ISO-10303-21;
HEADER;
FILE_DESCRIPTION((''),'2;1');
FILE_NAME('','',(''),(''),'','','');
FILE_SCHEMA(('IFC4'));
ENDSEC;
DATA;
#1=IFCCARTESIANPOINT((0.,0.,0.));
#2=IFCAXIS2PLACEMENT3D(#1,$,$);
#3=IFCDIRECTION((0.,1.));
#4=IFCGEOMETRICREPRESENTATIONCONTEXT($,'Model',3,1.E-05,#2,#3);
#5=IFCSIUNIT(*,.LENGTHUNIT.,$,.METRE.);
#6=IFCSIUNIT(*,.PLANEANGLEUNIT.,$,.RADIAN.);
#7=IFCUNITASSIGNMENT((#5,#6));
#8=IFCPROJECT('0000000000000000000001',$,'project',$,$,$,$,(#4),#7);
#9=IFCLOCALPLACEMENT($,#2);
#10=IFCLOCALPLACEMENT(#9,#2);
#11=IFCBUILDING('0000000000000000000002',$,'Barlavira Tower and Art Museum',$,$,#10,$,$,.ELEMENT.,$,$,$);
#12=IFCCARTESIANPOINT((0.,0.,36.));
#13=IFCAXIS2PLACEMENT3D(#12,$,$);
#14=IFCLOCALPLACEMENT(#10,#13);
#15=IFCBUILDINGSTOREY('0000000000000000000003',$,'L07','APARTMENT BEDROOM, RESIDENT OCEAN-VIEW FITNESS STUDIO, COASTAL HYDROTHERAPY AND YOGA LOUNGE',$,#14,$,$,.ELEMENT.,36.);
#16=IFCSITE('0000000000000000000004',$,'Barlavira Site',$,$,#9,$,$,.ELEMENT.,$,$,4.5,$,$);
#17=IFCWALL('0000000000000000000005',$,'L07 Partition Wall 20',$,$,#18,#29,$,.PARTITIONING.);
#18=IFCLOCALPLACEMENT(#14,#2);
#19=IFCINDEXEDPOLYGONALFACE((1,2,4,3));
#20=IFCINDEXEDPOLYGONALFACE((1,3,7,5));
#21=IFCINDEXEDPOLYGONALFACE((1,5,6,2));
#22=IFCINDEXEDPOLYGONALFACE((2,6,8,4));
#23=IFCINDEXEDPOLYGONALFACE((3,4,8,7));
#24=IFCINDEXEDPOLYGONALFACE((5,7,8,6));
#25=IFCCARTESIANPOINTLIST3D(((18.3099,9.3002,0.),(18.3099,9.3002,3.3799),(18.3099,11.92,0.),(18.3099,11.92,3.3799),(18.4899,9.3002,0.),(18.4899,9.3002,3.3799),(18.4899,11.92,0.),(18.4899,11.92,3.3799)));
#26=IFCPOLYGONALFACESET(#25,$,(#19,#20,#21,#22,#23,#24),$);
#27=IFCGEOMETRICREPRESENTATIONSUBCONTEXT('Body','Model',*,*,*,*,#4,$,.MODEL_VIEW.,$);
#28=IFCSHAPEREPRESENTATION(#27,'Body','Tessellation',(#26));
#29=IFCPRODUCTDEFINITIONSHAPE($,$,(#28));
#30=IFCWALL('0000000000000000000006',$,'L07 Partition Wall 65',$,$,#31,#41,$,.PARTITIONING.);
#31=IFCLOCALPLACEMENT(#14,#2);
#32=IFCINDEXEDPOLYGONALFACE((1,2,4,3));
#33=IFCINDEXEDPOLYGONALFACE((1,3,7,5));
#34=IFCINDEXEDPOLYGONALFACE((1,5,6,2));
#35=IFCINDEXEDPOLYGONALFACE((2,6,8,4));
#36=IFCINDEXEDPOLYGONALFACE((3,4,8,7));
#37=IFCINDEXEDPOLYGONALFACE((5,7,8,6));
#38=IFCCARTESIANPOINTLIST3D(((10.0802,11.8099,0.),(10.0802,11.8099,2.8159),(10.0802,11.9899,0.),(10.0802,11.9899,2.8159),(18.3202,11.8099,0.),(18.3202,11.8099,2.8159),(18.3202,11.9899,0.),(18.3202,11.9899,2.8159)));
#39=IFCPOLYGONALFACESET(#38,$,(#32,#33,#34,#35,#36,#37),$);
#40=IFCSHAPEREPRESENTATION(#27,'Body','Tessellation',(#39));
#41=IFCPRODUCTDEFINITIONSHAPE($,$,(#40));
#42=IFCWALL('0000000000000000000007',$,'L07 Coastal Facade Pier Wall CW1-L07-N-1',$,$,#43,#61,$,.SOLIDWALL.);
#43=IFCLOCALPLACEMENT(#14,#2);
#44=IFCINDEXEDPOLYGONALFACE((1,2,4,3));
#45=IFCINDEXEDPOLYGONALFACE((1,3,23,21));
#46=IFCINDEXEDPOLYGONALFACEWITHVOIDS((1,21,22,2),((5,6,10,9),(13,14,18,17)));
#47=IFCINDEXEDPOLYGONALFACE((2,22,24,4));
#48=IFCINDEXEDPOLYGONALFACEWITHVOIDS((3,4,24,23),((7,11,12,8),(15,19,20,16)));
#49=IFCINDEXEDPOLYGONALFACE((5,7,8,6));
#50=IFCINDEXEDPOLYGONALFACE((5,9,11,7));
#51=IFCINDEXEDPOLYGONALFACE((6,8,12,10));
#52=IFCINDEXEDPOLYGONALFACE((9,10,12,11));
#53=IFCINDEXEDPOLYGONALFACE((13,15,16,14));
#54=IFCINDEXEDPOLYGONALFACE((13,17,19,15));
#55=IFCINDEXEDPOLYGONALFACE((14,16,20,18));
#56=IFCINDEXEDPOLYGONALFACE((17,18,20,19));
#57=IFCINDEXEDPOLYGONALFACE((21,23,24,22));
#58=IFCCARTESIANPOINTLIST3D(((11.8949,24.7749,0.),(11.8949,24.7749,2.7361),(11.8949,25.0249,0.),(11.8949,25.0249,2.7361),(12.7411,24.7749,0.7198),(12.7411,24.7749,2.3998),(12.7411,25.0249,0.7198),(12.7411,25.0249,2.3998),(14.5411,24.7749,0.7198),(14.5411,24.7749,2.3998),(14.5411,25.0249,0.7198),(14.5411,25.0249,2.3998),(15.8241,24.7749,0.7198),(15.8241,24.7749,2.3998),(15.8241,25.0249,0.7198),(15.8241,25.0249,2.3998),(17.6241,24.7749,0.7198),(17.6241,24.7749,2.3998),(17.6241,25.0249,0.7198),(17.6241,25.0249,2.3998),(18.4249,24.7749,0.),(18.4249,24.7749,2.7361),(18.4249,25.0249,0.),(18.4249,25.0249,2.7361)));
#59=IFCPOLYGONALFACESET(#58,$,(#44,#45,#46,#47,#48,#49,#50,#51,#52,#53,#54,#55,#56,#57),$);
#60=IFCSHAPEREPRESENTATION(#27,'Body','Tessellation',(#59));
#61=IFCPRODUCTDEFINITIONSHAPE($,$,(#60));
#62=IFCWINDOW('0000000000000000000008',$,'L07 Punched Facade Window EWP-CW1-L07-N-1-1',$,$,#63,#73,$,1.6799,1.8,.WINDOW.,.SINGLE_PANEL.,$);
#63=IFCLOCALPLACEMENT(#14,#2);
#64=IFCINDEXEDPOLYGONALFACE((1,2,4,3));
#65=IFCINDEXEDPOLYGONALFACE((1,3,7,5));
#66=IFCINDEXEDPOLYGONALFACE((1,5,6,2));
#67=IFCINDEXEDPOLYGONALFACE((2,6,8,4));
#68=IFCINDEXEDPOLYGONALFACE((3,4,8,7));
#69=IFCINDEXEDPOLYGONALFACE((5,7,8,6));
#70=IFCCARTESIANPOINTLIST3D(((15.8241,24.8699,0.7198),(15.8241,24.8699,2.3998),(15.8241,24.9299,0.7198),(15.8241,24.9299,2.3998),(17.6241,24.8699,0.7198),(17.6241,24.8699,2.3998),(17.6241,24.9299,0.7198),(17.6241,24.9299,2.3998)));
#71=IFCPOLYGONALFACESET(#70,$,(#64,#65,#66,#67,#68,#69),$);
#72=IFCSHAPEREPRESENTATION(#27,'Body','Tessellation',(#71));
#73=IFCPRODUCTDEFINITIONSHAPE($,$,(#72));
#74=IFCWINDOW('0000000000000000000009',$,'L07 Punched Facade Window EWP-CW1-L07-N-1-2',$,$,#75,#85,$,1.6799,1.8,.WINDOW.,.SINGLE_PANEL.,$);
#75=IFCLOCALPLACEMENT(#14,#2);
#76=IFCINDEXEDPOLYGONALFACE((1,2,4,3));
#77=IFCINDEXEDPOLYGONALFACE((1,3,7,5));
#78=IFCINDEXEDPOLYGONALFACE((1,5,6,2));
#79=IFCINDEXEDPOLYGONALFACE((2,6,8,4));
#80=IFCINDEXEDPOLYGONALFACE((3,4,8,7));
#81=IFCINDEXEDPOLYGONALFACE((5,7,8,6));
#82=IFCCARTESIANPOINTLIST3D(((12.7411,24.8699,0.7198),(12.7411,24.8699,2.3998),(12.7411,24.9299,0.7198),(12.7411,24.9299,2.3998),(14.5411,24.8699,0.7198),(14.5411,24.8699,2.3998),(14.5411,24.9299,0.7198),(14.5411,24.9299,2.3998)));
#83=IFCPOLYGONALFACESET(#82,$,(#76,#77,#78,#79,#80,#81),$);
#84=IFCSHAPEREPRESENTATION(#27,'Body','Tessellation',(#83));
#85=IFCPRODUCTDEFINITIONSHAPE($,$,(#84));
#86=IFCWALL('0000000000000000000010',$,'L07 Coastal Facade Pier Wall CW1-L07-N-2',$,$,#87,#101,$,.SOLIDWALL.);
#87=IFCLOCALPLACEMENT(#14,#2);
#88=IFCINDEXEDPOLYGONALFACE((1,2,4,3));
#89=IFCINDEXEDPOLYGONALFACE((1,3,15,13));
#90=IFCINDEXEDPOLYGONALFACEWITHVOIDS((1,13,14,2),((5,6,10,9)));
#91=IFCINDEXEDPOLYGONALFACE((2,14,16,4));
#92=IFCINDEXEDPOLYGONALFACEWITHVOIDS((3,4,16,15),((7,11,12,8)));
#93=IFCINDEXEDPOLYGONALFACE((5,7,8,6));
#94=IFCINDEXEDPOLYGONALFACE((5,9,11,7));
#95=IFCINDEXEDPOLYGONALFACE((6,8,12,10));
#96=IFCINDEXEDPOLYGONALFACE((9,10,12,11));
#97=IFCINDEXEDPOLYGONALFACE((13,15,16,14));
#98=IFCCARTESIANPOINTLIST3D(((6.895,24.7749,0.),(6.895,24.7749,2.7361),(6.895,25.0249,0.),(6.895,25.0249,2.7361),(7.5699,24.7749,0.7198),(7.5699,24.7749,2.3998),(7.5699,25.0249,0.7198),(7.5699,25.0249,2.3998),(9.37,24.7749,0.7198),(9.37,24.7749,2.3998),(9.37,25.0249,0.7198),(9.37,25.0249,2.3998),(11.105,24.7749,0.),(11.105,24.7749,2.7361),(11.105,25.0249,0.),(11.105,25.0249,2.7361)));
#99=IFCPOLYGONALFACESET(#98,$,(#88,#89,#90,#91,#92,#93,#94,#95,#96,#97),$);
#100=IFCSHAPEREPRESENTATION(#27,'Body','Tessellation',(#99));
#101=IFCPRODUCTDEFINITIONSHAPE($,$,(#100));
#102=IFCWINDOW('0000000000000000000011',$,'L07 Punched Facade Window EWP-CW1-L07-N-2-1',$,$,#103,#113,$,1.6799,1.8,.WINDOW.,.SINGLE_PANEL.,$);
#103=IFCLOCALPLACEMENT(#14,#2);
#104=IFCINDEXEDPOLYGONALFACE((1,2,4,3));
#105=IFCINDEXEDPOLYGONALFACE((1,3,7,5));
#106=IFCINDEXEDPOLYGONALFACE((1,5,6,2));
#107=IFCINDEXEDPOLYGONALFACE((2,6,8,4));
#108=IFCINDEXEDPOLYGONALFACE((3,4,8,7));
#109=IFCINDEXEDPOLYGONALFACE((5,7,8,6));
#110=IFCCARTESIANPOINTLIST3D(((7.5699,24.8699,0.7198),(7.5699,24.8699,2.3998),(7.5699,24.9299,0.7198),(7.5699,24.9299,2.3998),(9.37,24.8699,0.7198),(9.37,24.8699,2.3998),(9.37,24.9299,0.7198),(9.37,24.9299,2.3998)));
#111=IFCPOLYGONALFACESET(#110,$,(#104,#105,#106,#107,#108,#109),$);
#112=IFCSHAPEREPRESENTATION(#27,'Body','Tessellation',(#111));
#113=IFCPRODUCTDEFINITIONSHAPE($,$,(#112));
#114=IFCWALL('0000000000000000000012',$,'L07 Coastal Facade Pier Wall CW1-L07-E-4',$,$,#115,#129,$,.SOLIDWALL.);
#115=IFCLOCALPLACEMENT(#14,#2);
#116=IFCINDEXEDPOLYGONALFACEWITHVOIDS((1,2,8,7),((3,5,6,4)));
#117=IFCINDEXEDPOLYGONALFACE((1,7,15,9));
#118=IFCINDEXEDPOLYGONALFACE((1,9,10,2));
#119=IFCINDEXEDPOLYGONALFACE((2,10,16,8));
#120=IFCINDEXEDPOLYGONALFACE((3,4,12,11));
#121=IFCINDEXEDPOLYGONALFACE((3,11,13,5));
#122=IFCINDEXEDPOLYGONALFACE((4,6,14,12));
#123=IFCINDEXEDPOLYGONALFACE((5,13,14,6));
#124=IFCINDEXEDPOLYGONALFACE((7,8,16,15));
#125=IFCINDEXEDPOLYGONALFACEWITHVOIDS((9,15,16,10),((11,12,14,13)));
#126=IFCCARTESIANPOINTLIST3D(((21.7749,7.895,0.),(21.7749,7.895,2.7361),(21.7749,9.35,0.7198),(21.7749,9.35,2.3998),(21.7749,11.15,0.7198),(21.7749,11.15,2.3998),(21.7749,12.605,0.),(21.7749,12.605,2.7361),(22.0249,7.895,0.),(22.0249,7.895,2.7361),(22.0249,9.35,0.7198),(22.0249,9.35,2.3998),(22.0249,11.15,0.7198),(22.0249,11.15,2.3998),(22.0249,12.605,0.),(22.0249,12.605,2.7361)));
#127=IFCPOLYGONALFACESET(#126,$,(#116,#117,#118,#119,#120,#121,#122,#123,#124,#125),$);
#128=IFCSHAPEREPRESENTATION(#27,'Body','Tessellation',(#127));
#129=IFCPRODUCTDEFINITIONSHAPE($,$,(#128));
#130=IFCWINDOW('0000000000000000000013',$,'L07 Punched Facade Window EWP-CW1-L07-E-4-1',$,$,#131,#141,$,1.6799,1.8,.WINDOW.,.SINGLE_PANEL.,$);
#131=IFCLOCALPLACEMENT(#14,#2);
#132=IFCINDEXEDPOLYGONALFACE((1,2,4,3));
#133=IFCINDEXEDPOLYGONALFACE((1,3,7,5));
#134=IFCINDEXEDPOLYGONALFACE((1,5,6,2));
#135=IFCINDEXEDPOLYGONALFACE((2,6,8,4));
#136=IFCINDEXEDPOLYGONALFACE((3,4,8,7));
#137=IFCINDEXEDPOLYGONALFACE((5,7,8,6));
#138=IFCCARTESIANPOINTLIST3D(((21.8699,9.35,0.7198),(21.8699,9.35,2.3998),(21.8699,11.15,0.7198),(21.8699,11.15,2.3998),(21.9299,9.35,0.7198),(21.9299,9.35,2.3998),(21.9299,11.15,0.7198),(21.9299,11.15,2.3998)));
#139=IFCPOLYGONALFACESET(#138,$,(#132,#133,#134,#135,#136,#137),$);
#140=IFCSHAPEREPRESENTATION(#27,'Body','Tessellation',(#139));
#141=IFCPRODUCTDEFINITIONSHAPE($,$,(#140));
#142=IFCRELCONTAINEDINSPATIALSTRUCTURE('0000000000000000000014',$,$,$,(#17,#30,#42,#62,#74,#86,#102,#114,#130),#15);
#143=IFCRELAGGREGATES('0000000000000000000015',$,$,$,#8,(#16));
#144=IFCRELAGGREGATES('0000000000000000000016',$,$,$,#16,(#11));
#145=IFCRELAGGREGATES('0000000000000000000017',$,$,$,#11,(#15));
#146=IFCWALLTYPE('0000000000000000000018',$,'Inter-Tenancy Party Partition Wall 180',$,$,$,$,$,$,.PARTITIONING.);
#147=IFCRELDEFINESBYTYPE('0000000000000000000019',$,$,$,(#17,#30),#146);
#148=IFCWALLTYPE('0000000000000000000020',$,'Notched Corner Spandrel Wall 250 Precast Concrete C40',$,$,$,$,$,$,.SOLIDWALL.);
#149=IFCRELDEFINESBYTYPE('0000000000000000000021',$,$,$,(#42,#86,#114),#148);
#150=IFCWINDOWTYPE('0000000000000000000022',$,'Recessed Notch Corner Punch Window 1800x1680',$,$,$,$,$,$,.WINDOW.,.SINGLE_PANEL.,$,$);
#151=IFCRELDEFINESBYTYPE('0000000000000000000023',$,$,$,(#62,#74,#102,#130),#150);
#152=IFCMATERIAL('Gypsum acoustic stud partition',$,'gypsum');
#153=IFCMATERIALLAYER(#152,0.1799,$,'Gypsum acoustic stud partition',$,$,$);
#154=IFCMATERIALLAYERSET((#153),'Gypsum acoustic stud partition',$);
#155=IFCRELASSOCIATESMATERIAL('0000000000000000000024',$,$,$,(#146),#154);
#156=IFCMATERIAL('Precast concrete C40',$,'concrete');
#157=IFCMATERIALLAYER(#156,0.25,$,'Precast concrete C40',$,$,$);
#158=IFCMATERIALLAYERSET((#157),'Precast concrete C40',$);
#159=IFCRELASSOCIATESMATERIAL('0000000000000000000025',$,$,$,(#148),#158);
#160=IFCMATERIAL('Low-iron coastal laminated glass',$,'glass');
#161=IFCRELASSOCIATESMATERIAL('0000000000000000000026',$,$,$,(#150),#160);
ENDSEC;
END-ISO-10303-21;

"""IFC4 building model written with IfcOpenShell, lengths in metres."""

from ifc_helpers import new_model, si_unit, direction, frame, frame_2d, origin, place, context, subcontext, project, spatial, rectangle, extrude, material, layer, layer_set, type_object, element, fill, save


model = new_model("IFC4")

# Units and contexts
model_context = context("Model", 3, precision=1e-05, world=origin(), true_north=direction((0.0, 1.0)))
body_context = subcontext(model_context, "Body", "Model", "MODEL_VIEW")
ifc_project = project(units=[si_unit("LENGTHUNIT", "METRE"), si_unit("PLANEANGLEUNIT", "RADIAN")], contexts=[model_context])

# Site, building, storey
site_placement = place(None, origin())
site = spatial("IfcSite", under=ifc_project, at=site_placement, Name="Barlavira Site", CompositionType="ELEMENT", RefElevation=4.5)
building_placement = place(site_placement, origin())
building = spatial("IfcBuilding", under=site, at=building_placement, Name="Barlavira Tower and Art Museum", CompositionType="ELEMENT")
storey_placement = place(building_placement, frame((0.0, 0.0, 36.0)))
storey = spatial("IfcBuildingStorey", under=building, at=storey_placement, Name="L07", Description="APARTMENT BEDROOM, RESIDENT OCEAN-VIEW FITNESS STUDIO, COASTAL HYDROTHERAPY AND YOGA LOUNGE", CompositionType="ELEMENT", Elevation=36.0)

# Walls
ifc_material_1 = material(Name="Gypsum acoustic stud partition", Category="gypsum")
ifc_layer_1 = layer(ifc_material_1, 0.1799, Name="Gypsum acoustic stud partition")
ifc_layer_set_1 = layer_set([ifc_layer_1], Name="Gypsum acoustic stud partition")
wall_type_1 = type_object("IfcWallType", Name="Inter-Tenancy Party Partition Wall 180", PredefinedType="PARTITIONING", material=ifc_layer_set_1)
wall_1_placement = place(storey_placement, frame((18.3999, 9.3, 0.0), z_axis=(0.0, 0.0, 1.0), x_axis=(0.0, 1.0, 0.0)))
element("IfcWall", 1, at=wall_1_placement, inside=storey, type_object=wall_type_1, Name="L07 Partition Wall 20", PredefinedType="PARTITIONING", context=body_context, shape_type="SweptSolid", body=[
    extrude(rectangle(XDim=2.6199, YDim=0.1799, at=frame_2d((1.3101, 0.0))), origin(), (0.0, 0.0, 1.0), 3.3799),
])
wall_2_placement = place(storey_placement, frame((10.0801, 11.8999, 0.0), z_axis=(0.0, 0.0, 1.0), x_axis=(1.0, 0.0, 0.0)))
element("IfcWall", 2, at=wall_2_placement, inside=storey, type_object=wall_type_1, Name="L07 Partition Wall 65", PredefinedType="PARTITIONING", context=body_context, shape_type="SweptSolid", body=[
    extrude(rectangle(XDim=8.24, YDim=0.1799, at=frame_2d((4.1201, 0.0))), origin(), (0.0, 0.0, 1.0), 2.8159),
])

# Wall, openings, windows
ifc_material_2 = material(Name="Precast concrete C40", Category="concrete")
ifc_layer_2 = layer(ifc_material_2, 0.25, Name="Precast concrete C40")
ifc_layer_set_2 = layer_set([ifc_layer_2], Name="Precast concrete C40")
wall_type_2 = type_object("IfcWallType", Name="Notched Corner Spandrel Wall 250 Precast Concrete C40", PredefinedType="SOLIDWALL", material=ifc_layer_set_2)
wall_3_placement = place(storey_placement, frame((18.425, 24.8999, 0.0), z_axis=(0.0, 0.0, 1.0), x_axis=(-1.0, 0.0, 0.0)))
wall_3 = element("IfcWall", 3, at=wall_3_placement, inside=storey, type_object=wall_type_2, Name="L07 Coastal Facade Pier Wall CW1-L07-N-1", PredefinedType="SOLIDWALL", context=body_context, shape_type="SweptSolid", body=[
    extrude(rectangle(XDim=6.53, YDim=0.25, at=frame_2d((3.2651, 0.0))), origin(), (0.0, 0.0, 1.0), 2.7361),
])
opening_1_placement = place(wall_3_placement, frame((0.801, 0.0, 0.72)))
opening_1 = element("IfcOpeningElement", 4, at=opening_1_placement, cuts=wall_3, PredefinedType="OPENING", context=body_context, shape_type="SweptSolid", body=[
    extrude(rectangle(XDim=1.8, YDim=1.6799, at=frame_2d((0.8999, 0.8398))), frame((0.0, 0.135, 0.0), z_axis=(0.0, -1.0, 0.0), x_axis=(1.0, 0.0, 0.0)), (0.0, 0.0, 1.0), 0.27),
])
opening_2_placement = place(wall_3_placement, frame((3.884, 0.0, 0.72)))
opening_2 = element("IfcOpeningElement", 5, at=opening_2_placement, cuts=wall_3, PredefinedType="OPENING", context=body_context, shape_type="SweptSolid", body=[
    extrude(rectangle(XDim=1.8, YDim=1.6799, at=frame_2d((0.8999, 0.8398))), frame((0.0, 0.135, 0.0), z_axis=(0.0, -1.0, 0.0), x_axis=(1.0, 0.0, 0.0)), (0.0, 0.0, 1.0), 0.27),
])
ifc_material_3 = material(Name="Low-iron coastal laminated glass", Category="glass")
window_type = type_object("IfcWindowType", Name="Recessed Notch Corner Punch Window 1800x1680", PartitioningType="SINGLE_PANEL", PredefinedType="WINDOW", material=ifc_material_3)
window_1_placement = place(opening_1_placement, origin())
window_1 = element("IfcWindow", 6, at=window_1_placement, inside=storey, type_object=window_type, Name="L07 Punched Facade Window EWP-CW1-L07-N-1-1", OverallHeight=1.6799, OverallWidth=1.8, PartitioningType="SINGLE_PANEL", PredefinedType="WINDOW", context=body_context, shape_type="SweptSolid", body=[
    extrude(rectangle(XDim=1.8, YDim=1.6799, at=frame_2d((0.8999, 0.8398))), frame((0.0, 0.03, 0.0), z_axis=(0.0, -1.0, 0.0), x_axis=(1.0, 0.0, 0.0)), (0.0, 0.0, 1.0), 0.0601),
])
fill(opening_1, window_1)
window_2_placement = place(opening_2_placement, origin())
window_2 = element("IfcWindow", 7, at=window_2_placement, inside=storey, type_object=window_type, Name="L07 Punched Facade Window EWP-CW1-L07-N-1-2", OverallHeight=1.6799, OverallWidth=1.8, PartitioningType="SINGLE_PANEL", PredefinedType="WINDOW", context=body_context, shape_type="SweptSolid", body=[
    extrude(rectangle(XDim=1.8, YDim=1.6799, at=frame_2d((0.8999, 0.8398))), frame((0.0, 0.03, 0.0), z_axis=(0.0, -1.0, 0.0), x_axis=(1.0, 0.0, 0.0)), (0.0, 0.0, 1.0), 0.0601),
])
fill(opening_2, window_2)

# Walls, openings, windows
wall_4_placement = place(storey_placement, frame((11.105, 24.8999, 0.0), z_axis=(0.0, 0.0, 1.0), x_axis=(-1.0, 0.0, 0.0)))
wall_4 = element("IfcWall", 8, at=wall_4_placement, inside=storey, type_object=wall_type_2, Name="L07 Coastal Facade Pier Wall CW1-L07-N-2", PredefinedType="SOLIDWALL", context=body_context, shape_type="SweptSolid", body=[
    extrude(rectangle(XDim=4.21, YDim=0.25, at=frame_2d((2.105, 0.0))), origin(), (0.0, 0.0, 1.0), 2.7361),
])
opening_3_placement = place(wall_4_placement, frame((1.7351, 0.0, 0.72)))
opening_3 = element("IfcOpeningElement", 9, at=opening_3_placement, cuts=wall_4, PredefinedType="OPENING", context=body_context, shape_type="SweptSolid", body=[
    extrude(rectangle(XDim=1.8, YDim=1.6799, at=frame_2d((0.8999, 0.8398))), frame((0.0, 0.135, 0.0), z_axis=(0.0, -1.0, 0.0), x_axis=(1.0, 0.0, 0.0)), (0.0, 0.0, 1.0), 0.27),
])
window_3_placement = place(opening_3_placement, origin())
window_3 = element("IfcWindow", 10, at=window_3_placement, inside=storey, type_object=window_type, Name="L07 Punched Facade Window EWP-CW1-L07-N-2-1", OverallHeight=1.6799, OverallWidth=1.8, PartitioningType="SINGLE_PANEL", PredefinedType="WINDOW", context=body_context, shape_type="SweptSolid", body=[
    extrude(rectangle(XDim=1.8, YDim=1.6799, at=frame_2d((0.8999, 0.8398))), frame((0.0, 0.03, 0.0), z_axis=(0.0, -1.0, 0.0), x_axis=(1.0, 0.0, 0.0)), (0.0, 0.0, 1.0), 0.0601),
])
fill(opening_3, window_3)
wall_5_placement = place(storey_placement, frame((21.8999, 7.895, 0.0), z_axis=(0.0, 0.0, 1.0), x_axis=(0.0, 1.0, 0.0)))
wall_5 = element("IfcWall", 11, at=wall_5_placement, inside=storey, type_object=wall_type_2, Name="L07 Coastal Facade Pier Wall CW1-L07-E-4", PredefinedType="SOLIDWALL", context=body_context, shape_type="SweptSolid", body=[
    extrude(rectangle(XDim=4.71, YDim=0.25, at=frame_2d((2.355, 0.0))), origin(), (0.0, 0.0, 1.0), 2.7361),
])
opening_4_placement = place(wall_5_placement, frame((1.4551, 0.0, 0.72)))
opening_4 = element("IfcOpeningElement", 12, at=opening_4_placement, cuts=wall_5, PredefinedType="OPENING", context=body_context, shape_type="SweptSolid", body=[
    extrude(rectangle(XDim=1.8, YDim=1.6799, at=frame_2d((0.8999, 0.8398))), frame((0.0, 0.135, 0.0), z_axis=(0.0, -1.0, 0.0), x_axis=(1.0, 0.0, 0.0)), (0.0, 0.0, 1.0), 0.27),
])
window_4_placement = place(opening_4_placement, origin())
window_4 = element("IfcWindow", 13, at=window_4_placement, inside=storey, type_object=window_type, Name="L07 Punched Facade Window EWP-CW1-L07-E-4-1", OverallHeight=1.6799, OverallWidth=1.8, PartitioningType="SINGLE_PANEL", PredefinedType="WINDOW", context=body_context, shape_type="SweptSolid", body=[
    extrude(rectangle(XDim=1.8, YDim=1.6799, at=frame_2d((0.8999, 0.8398))), frame((0.0, 0.03, 0.0), z_axis=(0.0, -1.0, 0.0), x_axis=(1.0, 0.0, 0.0)), (0.0, 0.0, 1.0), 0.0601),
])
fill(opening_4, window_4)

save(model, "model.ifc")
